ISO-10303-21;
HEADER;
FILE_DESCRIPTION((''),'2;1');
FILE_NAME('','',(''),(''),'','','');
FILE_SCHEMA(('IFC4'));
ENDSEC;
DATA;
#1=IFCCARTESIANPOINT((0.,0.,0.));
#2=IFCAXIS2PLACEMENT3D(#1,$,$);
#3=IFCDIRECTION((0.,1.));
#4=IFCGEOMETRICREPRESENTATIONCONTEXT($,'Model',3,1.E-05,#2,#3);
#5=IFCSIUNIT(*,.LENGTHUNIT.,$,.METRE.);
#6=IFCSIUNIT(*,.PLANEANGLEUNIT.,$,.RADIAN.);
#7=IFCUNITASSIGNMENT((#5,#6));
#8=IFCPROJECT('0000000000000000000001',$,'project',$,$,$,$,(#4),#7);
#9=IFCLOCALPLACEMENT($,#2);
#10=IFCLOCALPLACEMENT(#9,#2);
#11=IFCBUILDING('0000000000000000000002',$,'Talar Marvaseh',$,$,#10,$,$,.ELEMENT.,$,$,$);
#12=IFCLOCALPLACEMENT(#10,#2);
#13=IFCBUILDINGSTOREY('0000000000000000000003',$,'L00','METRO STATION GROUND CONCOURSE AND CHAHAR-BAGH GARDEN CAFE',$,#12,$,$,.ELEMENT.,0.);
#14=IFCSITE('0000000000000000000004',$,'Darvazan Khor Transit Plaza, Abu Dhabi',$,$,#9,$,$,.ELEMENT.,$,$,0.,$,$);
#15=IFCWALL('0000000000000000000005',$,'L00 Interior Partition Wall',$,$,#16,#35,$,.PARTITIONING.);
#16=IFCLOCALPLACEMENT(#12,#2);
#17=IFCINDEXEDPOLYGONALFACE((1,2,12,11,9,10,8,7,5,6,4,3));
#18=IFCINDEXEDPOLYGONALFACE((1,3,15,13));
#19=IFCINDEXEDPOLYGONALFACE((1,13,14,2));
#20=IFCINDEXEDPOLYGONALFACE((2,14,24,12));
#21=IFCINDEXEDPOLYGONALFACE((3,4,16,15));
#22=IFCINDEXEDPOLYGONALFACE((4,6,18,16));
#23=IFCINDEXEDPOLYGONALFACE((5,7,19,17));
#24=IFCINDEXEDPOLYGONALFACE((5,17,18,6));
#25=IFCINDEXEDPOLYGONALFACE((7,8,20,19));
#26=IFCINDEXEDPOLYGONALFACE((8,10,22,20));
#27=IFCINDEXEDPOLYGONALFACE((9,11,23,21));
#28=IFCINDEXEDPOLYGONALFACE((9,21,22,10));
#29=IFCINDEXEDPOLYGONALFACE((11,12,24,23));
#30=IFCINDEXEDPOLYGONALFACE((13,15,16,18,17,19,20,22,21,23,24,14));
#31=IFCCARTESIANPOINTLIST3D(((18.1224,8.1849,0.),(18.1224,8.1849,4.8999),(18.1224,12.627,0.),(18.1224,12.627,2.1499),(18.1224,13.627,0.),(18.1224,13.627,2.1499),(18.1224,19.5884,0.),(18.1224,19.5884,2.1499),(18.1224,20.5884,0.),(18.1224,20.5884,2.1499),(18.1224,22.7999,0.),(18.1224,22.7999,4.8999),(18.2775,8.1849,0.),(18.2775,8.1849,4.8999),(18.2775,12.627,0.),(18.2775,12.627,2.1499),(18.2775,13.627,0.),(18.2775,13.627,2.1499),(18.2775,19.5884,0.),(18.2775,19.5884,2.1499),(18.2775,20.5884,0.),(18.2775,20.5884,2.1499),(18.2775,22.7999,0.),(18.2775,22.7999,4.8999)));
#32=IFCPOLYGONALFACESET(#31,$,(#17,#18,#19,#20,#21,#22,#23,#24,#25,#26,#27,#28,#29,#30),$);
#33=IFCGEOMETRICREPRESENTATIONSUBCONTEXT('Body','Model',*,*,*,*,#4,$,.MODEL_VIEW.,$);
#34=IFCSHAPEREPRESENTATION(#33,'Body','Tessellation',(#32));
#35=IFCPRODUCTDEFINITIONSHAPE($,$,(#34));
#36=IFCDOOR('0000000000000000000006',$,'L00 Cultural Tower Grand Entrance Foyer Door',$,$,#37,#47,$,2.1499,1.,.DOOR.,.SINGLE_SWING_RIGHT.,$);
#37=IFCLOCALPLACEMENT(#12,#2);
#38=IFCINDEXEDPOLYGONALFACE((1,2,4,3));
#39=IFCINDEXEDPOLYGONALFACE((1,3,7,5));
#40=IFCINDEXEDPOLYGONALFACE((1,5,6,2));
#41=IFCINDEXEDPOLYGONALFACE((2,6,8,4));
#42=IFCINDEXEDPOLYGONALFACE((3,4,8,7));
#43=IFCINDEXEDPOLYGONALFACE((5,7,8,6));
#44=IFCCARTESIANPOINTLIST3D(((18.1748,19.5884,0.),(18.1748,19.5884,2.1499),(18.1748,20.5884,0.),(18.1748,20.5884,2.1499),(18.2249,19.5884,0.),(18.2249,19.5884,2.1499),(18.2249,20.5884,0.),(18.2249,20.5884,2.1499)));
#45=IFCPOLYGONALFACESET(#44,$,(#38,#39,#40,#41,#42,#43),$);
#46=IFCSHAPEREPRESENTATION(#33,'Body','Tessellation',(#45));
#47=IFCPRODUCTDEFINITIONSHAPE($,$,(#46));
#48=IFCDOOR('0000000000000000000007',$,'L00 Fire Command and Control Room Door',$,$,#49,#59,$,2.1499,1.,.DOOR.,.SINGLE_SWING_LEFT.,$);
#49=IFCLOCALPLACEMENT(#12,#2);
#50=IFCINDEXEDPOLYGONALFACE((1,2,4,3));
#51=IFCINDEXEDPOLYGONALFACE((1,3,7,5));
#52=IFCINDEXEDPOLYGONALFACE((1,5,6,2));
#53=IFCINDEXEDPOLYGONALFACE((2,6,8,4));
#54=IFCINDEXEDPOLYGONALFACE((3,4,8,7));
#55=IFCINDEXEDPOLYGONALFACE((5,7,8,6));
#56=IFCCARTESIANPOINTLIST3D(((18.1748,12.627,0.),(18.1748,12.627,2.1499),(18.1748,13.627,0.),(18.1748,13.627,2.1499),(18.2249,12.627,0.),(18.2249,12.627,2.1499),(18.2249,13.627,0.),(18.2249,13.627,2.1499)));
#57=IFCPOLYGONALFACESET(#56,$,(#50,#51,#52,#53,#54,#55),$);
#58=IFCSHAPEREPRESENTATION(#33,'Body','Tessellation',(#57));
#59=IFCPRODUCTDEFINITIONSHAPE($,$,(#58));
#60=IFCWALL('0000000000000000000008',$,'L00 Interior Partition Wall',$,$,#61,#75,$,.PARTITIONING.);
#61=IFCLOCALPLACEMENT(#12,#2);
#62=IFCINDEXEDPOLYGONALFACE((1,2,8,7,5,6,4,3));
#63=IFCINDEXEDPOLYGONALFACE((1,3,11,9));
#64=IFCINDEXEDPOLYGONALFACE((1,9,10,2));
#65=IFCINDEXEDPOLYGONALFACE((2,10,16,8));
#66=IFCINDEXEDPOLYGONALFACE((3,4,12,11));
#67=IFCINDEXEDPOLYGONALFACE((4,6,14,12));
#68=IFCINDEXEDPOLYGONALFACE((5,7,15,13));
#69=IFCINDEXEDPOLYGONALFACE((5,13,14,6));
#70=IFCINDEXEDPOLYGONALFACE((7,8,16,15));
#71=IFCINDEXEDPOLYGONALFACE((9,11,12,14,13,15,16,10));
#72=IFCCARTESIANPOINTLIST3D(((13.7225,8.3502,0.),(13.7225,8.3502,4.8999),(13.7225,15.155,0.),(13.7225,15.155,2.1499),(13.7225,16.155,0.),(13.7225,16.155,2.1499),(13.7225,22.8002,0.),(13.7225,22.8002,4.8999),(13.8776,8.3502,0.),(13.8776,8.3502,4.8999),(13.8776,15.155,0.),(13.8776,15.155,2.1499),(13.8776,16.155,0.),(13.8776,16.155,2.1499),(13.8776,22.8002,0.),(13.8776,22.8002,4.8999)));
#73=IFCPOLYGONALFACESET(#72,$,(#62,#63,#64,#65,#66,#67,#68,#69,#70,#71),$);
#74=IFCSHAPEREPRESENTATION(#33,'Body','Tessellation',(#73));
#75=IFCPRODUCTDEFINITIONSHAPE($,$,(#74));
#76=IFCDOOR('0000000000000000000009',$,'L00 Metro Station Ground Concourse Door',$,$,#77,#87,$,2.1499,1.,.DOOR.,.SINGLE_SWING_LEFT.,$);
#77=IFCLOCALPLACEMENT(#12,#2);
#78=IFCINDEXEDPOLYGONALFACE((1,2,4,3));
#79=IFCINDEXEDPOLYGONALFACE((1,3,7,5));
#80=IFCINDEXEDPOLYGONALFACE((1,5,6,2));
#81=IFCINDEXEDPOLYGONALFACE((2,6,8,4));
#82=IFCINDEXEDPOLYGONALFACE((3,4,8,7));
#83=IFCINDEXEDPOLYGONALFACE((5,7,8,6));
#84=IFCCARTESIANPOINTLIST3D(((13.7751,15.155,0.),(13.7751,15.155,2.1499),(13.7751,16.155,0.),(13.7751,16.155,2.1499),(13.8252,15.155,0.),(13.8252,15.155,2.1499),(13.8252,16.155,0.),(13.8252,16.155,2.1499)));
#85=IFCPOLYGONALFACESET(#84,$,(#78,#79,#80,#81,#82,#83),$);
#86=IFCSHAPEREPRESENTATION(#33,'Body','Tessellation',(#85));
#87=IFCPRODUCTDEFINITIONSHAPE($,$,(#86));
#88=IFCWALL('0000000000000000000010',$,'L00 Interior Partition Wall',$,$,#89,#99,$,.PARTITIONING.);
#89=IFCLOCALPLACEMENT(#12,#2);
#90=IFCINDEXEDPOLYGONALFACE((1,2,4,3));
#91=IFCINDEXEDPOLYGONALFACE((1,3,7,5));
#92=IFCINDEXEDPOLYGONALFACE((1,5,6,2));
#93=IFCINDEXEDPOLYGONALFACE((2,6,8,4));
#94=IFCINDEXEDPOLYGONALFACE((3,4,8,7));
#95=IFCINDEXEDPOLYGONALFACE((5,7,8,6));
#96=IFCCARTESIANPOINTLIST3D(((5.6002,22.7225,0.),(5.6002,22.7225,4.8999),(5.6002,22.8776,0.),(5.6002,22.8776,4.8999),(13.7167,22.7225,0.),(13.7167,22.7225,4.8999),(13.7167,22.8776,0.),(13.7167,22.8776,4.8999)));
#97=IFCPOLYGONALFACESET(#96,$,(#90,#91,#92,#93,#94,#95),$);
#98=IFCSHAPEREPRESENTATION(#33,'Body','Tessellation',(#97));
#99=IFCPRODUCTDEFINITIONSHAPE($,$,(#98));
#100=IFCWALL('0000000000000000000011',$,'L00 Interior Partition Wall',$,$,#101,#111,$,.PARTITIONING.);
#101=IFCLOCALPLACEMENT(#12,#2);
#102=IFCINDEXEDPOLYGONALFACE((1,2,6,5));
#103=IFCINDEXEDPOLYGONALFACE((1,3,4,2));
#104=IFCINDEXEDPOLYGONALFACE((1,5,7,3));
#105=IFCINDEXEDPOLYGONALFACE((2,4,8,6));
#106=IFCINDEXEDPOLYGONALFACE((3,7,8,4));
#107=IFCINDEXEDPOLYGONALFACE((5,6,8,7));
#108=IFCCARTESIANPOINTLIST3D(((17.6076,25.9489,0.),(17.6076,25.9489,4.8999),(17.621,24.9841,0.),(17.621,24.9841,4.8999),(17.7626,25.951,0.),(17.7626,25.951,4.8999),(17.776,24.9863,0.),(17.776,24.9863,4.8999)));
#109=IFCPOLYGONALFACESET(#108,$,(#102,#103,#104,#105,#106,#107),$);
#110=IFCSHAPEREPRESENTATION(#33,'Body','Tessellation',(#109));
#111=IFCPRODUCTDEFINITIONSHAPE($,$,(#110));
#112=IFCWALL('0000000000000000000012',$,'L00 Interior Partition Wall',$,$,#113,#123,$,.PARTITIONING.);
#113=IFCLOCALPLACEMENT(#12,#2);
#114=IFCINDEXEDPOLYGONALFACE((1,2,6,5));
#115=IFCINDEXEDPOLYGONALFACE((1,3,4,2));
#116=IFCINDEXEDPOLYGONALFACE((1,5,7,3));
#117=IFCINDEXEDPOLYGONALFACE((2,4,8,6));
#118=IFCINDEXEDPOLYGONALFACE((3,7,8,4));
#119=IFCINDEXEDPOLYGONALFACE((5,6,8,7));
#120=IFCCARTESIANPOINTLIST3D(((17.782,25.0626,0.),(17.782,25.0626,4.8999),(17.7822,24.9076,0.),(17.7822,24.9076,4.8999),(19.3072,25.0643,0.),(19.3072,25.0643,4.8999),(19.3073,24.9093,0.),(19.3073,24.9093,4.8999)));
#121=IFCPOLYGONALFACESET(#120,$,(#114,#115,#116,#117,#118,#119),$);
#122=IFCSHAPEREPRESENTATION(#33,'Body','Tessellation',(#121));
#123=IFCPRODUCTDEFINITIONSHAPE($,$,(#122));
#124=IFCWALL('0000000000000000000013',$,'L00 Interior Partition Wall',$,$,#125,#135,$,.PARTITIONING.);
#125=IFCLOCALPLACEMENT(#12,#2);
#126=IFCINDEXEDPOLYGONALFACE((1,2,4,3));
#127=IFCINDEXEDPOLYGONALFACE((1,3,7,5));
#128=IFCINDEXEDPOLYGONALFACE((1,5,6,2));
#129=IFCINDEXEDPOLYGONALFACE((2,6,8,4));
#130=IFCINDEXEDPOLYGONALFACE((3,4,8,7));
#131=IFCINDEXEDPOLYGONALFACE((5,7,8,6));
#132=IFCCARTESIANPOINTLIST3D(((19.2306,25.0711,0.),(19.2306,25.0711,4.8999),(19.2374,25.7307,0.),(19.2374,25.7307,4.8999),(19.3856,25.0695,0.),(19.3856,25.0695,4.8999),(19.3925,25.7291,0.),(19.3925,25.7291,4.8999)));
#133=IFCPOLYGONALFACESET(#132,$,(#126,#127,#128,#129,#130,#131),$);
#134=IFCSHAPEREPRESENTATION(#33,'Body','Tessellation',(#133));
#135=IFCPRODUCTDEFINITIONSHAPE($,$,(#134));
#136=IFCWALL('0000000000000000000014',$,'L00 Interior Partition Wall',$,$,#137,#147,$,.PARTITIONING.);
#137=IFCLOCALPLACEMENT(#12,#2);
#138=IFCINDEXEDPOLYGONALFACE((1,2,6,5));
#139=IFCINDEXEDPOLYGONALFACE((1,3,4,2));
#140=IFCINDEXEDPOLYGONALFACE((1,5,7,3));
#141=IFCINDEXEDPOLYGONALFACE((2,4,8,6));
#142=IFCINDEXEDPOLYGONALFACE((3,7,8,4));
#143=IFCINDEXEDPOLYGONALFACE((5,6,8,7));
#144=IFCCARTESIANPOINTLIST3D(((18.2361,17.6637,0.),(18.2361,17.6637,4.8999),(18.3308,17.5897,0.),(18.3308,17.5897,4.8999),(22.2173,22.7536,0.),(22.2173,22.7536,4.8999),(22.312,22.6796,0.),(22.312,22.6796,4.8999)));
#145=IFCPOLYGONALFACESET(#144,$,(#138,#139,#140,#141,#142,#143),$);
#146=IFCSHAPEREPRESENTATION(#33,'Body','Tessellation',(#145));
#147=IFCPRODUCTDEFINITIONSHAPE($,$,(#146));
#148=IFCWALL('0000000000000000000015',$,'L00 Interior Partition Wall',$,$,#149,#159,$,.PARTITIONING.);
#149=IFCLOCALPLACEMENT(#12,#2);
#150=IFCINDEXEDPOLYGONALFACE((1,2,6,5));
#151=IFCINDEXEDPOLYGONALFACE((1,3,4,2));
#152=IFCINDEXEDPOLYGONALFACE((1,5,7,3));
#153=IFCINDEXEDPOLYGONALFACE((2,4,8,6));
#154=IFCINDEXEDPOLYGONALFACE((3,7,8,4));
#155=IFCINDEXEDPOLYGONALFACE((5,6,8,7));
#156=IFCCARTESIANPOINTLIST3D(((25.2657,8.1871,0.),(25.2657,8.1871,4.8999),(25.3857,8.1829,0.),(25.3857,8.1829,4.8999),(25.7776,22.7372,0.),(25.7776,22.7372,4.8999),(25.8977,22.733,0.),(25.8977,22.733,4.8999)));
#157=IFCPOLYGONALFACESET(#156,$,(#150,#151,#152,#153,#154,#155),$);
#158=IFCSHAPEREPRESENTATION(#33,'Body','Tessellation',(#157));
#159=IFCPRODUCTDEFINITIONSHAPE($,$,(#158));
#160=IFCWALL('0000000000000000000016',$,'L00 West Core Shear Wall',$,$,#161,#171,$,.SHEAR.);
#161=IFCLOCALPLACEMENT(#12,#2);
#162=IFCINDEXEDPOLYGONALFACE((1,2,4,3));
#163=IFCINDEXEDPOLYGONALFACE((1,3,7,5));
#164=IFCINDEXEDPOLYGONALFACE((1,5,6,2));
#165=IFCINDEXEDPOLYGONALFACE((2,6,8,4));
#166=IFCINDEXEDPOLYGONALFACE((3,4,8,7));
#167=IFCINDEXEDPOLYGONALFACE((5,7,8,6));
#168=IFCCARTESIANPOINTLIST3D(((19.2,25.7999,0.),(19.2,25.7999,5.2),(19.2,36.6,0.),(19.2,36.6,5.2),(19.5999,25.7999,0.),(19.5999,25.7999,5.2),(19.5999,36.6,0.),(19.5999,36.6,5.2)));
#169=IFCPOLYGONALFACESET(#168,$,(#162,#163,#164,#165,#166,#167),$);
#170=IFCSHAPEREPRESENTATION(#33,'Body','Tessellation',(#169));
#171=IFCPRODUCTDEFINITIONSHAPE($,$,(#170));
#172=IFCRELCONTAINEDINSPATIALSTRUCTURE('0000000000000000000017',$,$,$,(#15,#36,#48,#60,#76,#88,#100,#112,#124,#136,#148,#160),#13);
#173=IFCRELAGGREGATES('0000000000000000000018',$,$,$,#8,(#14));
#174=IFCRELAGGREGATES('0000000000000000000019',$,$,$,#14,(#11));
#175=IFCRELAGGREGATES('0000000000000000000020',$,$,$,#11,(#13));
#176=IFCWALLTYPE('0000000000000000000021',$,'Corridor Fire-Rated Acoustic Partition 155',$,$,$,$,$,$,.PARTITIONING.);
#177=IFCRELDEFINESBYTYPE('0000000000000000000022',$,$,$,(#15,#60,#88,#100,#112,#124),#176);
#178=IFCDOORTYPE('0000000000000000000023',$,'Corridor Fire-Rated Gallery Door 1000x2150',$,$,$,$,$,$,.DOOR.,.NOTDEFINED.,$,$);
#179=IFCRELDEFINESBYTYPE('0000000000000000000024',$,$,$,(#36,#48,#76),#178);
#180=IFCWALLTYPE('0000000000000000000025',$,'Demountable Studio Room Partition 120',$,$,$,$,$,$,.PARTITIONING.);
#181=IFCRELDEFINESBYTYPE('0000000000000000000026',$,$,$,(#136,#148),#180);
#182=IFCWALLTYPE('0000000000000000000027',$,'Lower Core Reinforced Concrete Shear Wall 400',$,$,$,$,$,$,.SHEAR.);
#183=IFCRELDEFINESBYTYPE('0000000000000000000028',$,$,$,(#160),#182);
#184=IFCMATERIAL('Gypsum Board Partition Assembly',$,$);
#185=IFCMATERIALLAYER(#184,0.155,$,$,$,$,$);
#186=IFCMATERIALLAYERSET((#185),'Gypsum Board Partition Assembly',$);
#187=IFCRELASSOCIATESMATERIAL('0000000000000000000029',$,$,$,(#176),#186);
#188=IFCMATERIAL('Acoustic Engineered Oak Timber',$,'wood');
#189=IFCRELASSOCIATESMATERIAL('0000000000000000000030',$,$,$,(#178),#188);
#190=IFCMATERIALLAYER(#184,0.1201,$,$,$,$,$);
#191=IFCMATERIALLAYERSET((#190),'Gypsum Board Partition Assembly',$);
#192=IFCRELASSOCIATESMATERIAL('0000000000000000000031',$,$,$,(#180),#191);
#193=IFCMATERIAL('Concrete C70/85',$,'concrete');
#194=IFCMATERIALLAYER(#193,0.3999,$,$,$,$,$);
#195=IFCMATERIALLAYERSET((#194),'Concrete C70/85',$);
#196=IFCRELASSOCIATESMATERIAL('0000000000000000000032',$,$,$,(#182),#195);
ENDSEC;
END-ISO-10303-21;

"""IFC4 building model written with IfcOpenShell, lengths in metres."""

from ifc_helpers import new_model, si_unit, direction, frame, frame_2d, origin, place, context, subcontext, project, spatial, rectangle, extrude, source, transform, mapped, material, layer, layer_set, type_object, type_shapes, element, fill, save


model = new_model("IFC4")

# Units and contexts
model_context = context("Model", 3, precision=1e-05, world=origin(), true_north=direction((0.0, 1.0)))
body_context = subcontext(model_context, "Body", "Model", "MODEL_VIEW")
ifc_project = project(units=[si_unit("LENGTHUNIT", "METRE"), si_unit("PLANEANGLEUNIT", "RADIAN")], contexts=[model_context])

# Site, building, storey
site_placement = place(None, origin())
site = spatial("IfcSite", under=ifc_project, at=site_placement, Name="Darvazan Khor Transit Plaza, Abu Dhabi", CompositionType="ELEMENT", RefElevation=0.0)
building_placement = place(site_placement, origin())
building = spatial("IfcBuilding", under=site, at=building_placement, Name="Talar Marvaseh", CompositionType="ELEMENT")
storey_placement = place(building_placement, origin())
storey = spatial("IfcBuildingStorey", under=building, at=storey_placement, Name="L00", Description="METRO STATION GROUND CONCOURSE AND CHAHAR-BAGH GARDEN CAFE", CompositionType="ELEMENT", Elevation=0.0)

# Shared definitions
ifc_material_1 = material(Name="Concrete C70/85", Category="concrete")

# Wall, openings, doors
ifc_material_2 = material(Name="Gypsum Board Partition Assembly")
ifc_layer_1 = layer(ifc_material_2, 0.155)
ifc_layer_set_1 = layer_set([ifc_layer_1], Name="Gypsum Board Partition Assembly")
wall_type_1 = type_object("IfcWallType", Name="Corridor Fire-Rated Acoustic Partition 155", PredefinedType="PARTITIONING", material=ifc_layer_set_1)
wall_1_placement = place(storey_placement, frame((18.2, 22.8, 0.0), z_axis=(0.0, 0.0, 1.0), x_axis=(0.0, -1.0, 0.0)))
wall_1 = element("IfcWall", 1, at=wall_1_placement, inside=storey, type_object=wall_type_1, Name="L00 Interior Partition Wall", PredefinedType="PARTITIONING", context=body_context, shape_type="SweptSolid", body=[
    extrude(rectangle(XDim=14.615, YDim=0.155, at=frame_2d((7.3076, 0.0))), origin(), (0.0, 0.0, 1.0), 4.8999),
])
opening_1_placement = place(wall_1_placement, frame((2.2117, 0.0, 0.0)))
opening_1 = element("IfcOpeningElement", 2, at=opening_1_placement, cuts=wall_1, PredefinedType="OPENING", context=body_context, shape_type="SweptSolid", body=[
    extrude(rectangle(XDim=1.0, YDim=2.1499, at=frame_2d((0.5, 1.075))), frame((0.0, 0.0874, 0.0), z_axis=(0.0, -1.0, 0.0), x_axis=(1.0, 0.0, 0.0)), (0.0, 0.0, 1.0), 0.175),
])
opening_2_placement = place(wall_1_placement, frame((9.1731, 0.0, 0.0)))
opening_2 = element("IfcOpeningElement", 3, at=opening_2_placement, cuts=wall_1, PredefinedType="OPENING", context=body_context, shape_type="SweptSolid", body=[
    extrude(rectangle(XDim=1.0, YDim=2.1499, at=frame_2d((0.5, 1.075))), frame((0.0, 0.0874, 0.0), z_axis=(0.0, -1.0, 0.0), x_axis=(1.0, 0.0, 0.0)), (0.0, 0.0, 1.0), 0.175),
])
ifc_material_3 = material(Name="Acoustic Engineered Oak Timber", Category="wood")
door_type_1 = type_object("IfcDoorType", Name="Corridor Fire-Rated Gallery Door 1000x2150", OperationType="NOTDEFINED", PredefinedType="DOOR", material=ifc_material_3)
shared_shape_1 = source(origin(), body_context, "Body", "SweptSolid", [
    extrude(rectangle(XDim=1.0, YDim=2.1499, at=frame_2d((0.5, 1.075))), frame((0.0, 0.0249, 0.0), z_axis=(0.0, -1.0, 0.0), x_axis=(1.0, 0.0, 0.0)), (0.0, 0.0, 1.0), 0.05),
])
type_shapes(door_type_1, [shared_shape_1])
door_1_placement = place(opening_1_placement, origin())
door_1 = element("IfcDoor", 4, at=door_1_placement, inside=storey, type_object=door_type_1, Name="L00 Cultural Tower Grand Entrance Foyer Door", OperationType="SINGLE_SWING_RIGHT", OverallHeight=2.1499, OverallWidth=1.0, PredefinedType="DOOR", context=body_context, shape_type="MappedRepresentation", body=[
    mapped(shared_shape_1, transform((0.0, 0.0, 0.0), x_axis=(1.0, 0.0, 0.0), y_axis=(0.0, 1.0, 0.0), z_axis=(0.0, 0.0, 1.0), scale=1.0)),
])
fill(opening_1, door_1)
door_2_placement = place(opening_2_placement, origin())
door_2 = element("IfcDoor", 5, at=door_2_placement, inside=storey, type_object=door_type_1, Name="L00 Fire Command and Control Room Door", OperationType="SINGLE_SWING_LEFT", OverallHeight=2.1499, OverallWidth=1.0, PredefinedType="DOOR", context=body_context, shape_type="MappedRepresentation", body=[
    mapped(shared_shape_1, transform((0.0, 0.0, 0.0), x_axis=(1.0, 0.0, 0.0), y_axis=(0.0, 1.0, 0.0), z_axis=(0.0, 0.0, 1.0), scale=1.0)),
])
fill(opening_2, door_2)

# Wall, opening, door
wall_2_placement = place(storey_placement, frame((13.8, 8.3501, 0.0), z_axis=(0.0, 0.0, 1.0), x_axis=(0.0, 1.0, 0.0)))
wall_2 = element("IfcWall", 6, at=wall_2_placement, inside=storey, type_object=wall_type_1, Name="L00 Interior Partition Wall", PredefinedType="PARTITIONING", context=body_context, shape_type="SweptSolid", body=[
    extrude(rectangle(XDim=14.45, YDim=0.155, at=frame_2d((7.2251, 0.0))), origin(), (0.0, 0.0, 1.0), 4.8999),
])
opening_3_placement = place(wall_2_placement, frame((6.8049, 0.0, 0.0)))
opening_3 = element("IfcOpeningElement", 7, at=opening_3_placement, cuts=wall_2, PredefinedType="OPENING", context=body_context, shape_type="SweptSolid", body=[
    extrude(rectangle(XDim=1.0, YDim=2.1499, at=frame_2d((0.5, 1.075))), frame((0.0, 0.0874, 0.0), z_axis=(0.0, -1.0, 0.0), x_axis=(1.0, 0.0, 0.0)), (0.0, 0.0, 1.0), 0.175),
])
door_3_placement = place(opening_3_placement, origin())
door_3 = element("IfcDoor", 8, at=door_3_placement, inside=storey, type_object=door_type_1, Name="L00 Metro Station Ground Concourse Door", OperationType="SINGLE_SWING_LEFT", OverallHeight=2.1499, OverallWidth=1.0, PredefinedType="DOOR", context=body_context, shape_type="MappedRepresentation", body=[
    mapped(shared_shape_1, transform((0.0, 0.0, 0.0), x_axis=(1.0, 0.0, 0.0), y_axis=(0.0, 1.0, 0.0), z_axis=(0.0, 0.0, 1.0), scale=1.0)),
])
fill(opening_3, door_3)

# Walls
wall_3_placement = place(storey_placement, frame((13.7166, 22.8, 0.0), z_axis=(0.0, 0.0, 1.0), x_axis=(-1.0, 0.0, 0.0)))
element("IfcWall", 9, at=wall_3_placement, inside=storey, type_object=wall_type_1, Name="L00 Interior Partition Wall", PredefinedType="PARTITIONING", context=body_context, shape_type="SweptSolid", body=[
    extrude(rectangle(XDim=8.1165, YDim=0.155, at=frame_2d((4.0581, 0.0))), origin(), (0.0, 0.0, 1.0), 4.8999),
])
wall_4_placement = place(storey_placement, frame((17.6851, 25.95, 0.0), z_axis=(0.0, 0.0, 1.0), x_axis=(0.013916, -0.999903, 0.0)))
element("IfcWall", 10, at=wall_4_placement, inside=storey, type_object=wall_type_1, Name="L00 Interior Partition Wall", PredefinedType="PARTITIONING", context=body_context, shape_type="SweptSolid", body=[
    extrude(rectangle(XDim=0.9648, YDim=0.155, at=frame_2d((0.4824, 0.0))), origin(), (0.0, 0.0, 1.0), 4.8999),
])
wall_5_placement = place(storey_placement, frame((17.782, 24.9851, 0.0), z_axis=(0.0, 0.0, 1.0), x_axis=(0.999999, 0.001121, 0.0)))
element("IfcWall", 11, at=wall_5_placement, inside=storey, type_object=wall_type_1, Name="L00 Interior Partition Wall", PredefinedType="PARTITIONING", context=body_context, shape_type="SweptSolid", body=[
    extrude(rectangle(XDim=1.5251, YDim=0.155, at=frame_2d((0.7627, 0.0))), origin(), (0.0, 0.0, 1.0), 4.8999),
])
wall_6_placement = place(storey_placement, frame((19.3081, 25.0703, 0.0), z_axis=(0.0, 0.0, 1.0), x_axis=(0.010362, 0.999946, 0.0)))
element("IfcWall", 12, at=wall_6_placement, inside=storey, type_object=wall_type_1, Name="L00 Interior Partition Wall", PredefinedType="PARTITIONING", context=body_context, shape_type="SweptSolid", body=[
    extrude(rectangle(XDim=0.6597, YDim=0.155, at=frame_2d((0.3298, 0.0))), origin(), (0.0, 0.0, 1.0), 4.8999),
])
ifc_layer_2 = layer(ifc_material_2, 0.1201)
ifc_layer_set_2 = layer_set([ifc_layer_2], Name="Gypsum Board Partition Assembly")
wall_type_2 = type_object("IfcWallType", Name="Demountable Studio Room Partition 120", PredefinedType="PARTITIONING", material=ifc_layer_set_2)
wall_7_placement = place(storey_placement, frame((22.2646, 22.7166, 0.0), z_axis=(0.0, 0.0, 1.0), x_axis=(-0.616101, -0.787667, 0.0)))
element("IfcWall", 13, at=wall_7_placement, inside=storey, type_object=wall_type_2, Name="L00 Interior Partition Wall", PredefinedType="PARTITIONING", context=body_context, shape_type="SweptSolid", body=[
    extrude(rectangle(XDim=6.4619, YDim=0.1201, at=frame_2d((3.231, 0.0))), origin(), (0.0, 0.0, 1.0), 4.8999),
])
wall_8_placement = place(storey_placement, frame((25.8376, 22.7351, 0.0), z_axis=(0.0, 0.0, 1.0), x_axis=(-0.035165, -0.999382, 0.0)))
element("IfcWall", 14, at=wall_8_placement, inside=storey, type_object=wall_type_2, Name="L00 Interior Partition Wall", PredefinedType="PARTITIONING", context=body_context, shape_type="SweptSolid", body=[
    extrude(rectangle(XDim=14.5591, YDim=0.1201, at=frame_2d((7.2795, 0.0))), origin(), (0.0, 0.0, 1.0), 4.8999),
])
ifc_layer_3 = layer(ifc_material_1, 0.3999)
ifc_layer_set_3 = layer_set([ifc_layer_3], Name="Concrete C70/85")
wall_type_3 = type_object("IfcWallType", Name="Lower Core Reinforced Concrete Shear Wall 400", PredefinedType="SHEAR", material=ifc_layer_set_3)
wall_9_placement = place(storey_placement, frame((19.3999, 25.8, 0.0), z_axis=(0.0, 0.0, 1.0), x_axis=(0.0, 1.0, 0.0)))
element("IfcWall", 15, at=wall_9_placement, inside=storey, type_object=wall_type_3, Name="L00 West Core Shear Wall", PredefinedType="SHEAR", context=body_context, shape_type="SweptSolid", body=[
    extrude(rectangle(XDim=10.8, YDim=0.3999, at=frame_2d((5.3999, 0.0))), origin(), (0.0, 0.0, 1.0), 5.2),
])

save(model, "model.ifc")
